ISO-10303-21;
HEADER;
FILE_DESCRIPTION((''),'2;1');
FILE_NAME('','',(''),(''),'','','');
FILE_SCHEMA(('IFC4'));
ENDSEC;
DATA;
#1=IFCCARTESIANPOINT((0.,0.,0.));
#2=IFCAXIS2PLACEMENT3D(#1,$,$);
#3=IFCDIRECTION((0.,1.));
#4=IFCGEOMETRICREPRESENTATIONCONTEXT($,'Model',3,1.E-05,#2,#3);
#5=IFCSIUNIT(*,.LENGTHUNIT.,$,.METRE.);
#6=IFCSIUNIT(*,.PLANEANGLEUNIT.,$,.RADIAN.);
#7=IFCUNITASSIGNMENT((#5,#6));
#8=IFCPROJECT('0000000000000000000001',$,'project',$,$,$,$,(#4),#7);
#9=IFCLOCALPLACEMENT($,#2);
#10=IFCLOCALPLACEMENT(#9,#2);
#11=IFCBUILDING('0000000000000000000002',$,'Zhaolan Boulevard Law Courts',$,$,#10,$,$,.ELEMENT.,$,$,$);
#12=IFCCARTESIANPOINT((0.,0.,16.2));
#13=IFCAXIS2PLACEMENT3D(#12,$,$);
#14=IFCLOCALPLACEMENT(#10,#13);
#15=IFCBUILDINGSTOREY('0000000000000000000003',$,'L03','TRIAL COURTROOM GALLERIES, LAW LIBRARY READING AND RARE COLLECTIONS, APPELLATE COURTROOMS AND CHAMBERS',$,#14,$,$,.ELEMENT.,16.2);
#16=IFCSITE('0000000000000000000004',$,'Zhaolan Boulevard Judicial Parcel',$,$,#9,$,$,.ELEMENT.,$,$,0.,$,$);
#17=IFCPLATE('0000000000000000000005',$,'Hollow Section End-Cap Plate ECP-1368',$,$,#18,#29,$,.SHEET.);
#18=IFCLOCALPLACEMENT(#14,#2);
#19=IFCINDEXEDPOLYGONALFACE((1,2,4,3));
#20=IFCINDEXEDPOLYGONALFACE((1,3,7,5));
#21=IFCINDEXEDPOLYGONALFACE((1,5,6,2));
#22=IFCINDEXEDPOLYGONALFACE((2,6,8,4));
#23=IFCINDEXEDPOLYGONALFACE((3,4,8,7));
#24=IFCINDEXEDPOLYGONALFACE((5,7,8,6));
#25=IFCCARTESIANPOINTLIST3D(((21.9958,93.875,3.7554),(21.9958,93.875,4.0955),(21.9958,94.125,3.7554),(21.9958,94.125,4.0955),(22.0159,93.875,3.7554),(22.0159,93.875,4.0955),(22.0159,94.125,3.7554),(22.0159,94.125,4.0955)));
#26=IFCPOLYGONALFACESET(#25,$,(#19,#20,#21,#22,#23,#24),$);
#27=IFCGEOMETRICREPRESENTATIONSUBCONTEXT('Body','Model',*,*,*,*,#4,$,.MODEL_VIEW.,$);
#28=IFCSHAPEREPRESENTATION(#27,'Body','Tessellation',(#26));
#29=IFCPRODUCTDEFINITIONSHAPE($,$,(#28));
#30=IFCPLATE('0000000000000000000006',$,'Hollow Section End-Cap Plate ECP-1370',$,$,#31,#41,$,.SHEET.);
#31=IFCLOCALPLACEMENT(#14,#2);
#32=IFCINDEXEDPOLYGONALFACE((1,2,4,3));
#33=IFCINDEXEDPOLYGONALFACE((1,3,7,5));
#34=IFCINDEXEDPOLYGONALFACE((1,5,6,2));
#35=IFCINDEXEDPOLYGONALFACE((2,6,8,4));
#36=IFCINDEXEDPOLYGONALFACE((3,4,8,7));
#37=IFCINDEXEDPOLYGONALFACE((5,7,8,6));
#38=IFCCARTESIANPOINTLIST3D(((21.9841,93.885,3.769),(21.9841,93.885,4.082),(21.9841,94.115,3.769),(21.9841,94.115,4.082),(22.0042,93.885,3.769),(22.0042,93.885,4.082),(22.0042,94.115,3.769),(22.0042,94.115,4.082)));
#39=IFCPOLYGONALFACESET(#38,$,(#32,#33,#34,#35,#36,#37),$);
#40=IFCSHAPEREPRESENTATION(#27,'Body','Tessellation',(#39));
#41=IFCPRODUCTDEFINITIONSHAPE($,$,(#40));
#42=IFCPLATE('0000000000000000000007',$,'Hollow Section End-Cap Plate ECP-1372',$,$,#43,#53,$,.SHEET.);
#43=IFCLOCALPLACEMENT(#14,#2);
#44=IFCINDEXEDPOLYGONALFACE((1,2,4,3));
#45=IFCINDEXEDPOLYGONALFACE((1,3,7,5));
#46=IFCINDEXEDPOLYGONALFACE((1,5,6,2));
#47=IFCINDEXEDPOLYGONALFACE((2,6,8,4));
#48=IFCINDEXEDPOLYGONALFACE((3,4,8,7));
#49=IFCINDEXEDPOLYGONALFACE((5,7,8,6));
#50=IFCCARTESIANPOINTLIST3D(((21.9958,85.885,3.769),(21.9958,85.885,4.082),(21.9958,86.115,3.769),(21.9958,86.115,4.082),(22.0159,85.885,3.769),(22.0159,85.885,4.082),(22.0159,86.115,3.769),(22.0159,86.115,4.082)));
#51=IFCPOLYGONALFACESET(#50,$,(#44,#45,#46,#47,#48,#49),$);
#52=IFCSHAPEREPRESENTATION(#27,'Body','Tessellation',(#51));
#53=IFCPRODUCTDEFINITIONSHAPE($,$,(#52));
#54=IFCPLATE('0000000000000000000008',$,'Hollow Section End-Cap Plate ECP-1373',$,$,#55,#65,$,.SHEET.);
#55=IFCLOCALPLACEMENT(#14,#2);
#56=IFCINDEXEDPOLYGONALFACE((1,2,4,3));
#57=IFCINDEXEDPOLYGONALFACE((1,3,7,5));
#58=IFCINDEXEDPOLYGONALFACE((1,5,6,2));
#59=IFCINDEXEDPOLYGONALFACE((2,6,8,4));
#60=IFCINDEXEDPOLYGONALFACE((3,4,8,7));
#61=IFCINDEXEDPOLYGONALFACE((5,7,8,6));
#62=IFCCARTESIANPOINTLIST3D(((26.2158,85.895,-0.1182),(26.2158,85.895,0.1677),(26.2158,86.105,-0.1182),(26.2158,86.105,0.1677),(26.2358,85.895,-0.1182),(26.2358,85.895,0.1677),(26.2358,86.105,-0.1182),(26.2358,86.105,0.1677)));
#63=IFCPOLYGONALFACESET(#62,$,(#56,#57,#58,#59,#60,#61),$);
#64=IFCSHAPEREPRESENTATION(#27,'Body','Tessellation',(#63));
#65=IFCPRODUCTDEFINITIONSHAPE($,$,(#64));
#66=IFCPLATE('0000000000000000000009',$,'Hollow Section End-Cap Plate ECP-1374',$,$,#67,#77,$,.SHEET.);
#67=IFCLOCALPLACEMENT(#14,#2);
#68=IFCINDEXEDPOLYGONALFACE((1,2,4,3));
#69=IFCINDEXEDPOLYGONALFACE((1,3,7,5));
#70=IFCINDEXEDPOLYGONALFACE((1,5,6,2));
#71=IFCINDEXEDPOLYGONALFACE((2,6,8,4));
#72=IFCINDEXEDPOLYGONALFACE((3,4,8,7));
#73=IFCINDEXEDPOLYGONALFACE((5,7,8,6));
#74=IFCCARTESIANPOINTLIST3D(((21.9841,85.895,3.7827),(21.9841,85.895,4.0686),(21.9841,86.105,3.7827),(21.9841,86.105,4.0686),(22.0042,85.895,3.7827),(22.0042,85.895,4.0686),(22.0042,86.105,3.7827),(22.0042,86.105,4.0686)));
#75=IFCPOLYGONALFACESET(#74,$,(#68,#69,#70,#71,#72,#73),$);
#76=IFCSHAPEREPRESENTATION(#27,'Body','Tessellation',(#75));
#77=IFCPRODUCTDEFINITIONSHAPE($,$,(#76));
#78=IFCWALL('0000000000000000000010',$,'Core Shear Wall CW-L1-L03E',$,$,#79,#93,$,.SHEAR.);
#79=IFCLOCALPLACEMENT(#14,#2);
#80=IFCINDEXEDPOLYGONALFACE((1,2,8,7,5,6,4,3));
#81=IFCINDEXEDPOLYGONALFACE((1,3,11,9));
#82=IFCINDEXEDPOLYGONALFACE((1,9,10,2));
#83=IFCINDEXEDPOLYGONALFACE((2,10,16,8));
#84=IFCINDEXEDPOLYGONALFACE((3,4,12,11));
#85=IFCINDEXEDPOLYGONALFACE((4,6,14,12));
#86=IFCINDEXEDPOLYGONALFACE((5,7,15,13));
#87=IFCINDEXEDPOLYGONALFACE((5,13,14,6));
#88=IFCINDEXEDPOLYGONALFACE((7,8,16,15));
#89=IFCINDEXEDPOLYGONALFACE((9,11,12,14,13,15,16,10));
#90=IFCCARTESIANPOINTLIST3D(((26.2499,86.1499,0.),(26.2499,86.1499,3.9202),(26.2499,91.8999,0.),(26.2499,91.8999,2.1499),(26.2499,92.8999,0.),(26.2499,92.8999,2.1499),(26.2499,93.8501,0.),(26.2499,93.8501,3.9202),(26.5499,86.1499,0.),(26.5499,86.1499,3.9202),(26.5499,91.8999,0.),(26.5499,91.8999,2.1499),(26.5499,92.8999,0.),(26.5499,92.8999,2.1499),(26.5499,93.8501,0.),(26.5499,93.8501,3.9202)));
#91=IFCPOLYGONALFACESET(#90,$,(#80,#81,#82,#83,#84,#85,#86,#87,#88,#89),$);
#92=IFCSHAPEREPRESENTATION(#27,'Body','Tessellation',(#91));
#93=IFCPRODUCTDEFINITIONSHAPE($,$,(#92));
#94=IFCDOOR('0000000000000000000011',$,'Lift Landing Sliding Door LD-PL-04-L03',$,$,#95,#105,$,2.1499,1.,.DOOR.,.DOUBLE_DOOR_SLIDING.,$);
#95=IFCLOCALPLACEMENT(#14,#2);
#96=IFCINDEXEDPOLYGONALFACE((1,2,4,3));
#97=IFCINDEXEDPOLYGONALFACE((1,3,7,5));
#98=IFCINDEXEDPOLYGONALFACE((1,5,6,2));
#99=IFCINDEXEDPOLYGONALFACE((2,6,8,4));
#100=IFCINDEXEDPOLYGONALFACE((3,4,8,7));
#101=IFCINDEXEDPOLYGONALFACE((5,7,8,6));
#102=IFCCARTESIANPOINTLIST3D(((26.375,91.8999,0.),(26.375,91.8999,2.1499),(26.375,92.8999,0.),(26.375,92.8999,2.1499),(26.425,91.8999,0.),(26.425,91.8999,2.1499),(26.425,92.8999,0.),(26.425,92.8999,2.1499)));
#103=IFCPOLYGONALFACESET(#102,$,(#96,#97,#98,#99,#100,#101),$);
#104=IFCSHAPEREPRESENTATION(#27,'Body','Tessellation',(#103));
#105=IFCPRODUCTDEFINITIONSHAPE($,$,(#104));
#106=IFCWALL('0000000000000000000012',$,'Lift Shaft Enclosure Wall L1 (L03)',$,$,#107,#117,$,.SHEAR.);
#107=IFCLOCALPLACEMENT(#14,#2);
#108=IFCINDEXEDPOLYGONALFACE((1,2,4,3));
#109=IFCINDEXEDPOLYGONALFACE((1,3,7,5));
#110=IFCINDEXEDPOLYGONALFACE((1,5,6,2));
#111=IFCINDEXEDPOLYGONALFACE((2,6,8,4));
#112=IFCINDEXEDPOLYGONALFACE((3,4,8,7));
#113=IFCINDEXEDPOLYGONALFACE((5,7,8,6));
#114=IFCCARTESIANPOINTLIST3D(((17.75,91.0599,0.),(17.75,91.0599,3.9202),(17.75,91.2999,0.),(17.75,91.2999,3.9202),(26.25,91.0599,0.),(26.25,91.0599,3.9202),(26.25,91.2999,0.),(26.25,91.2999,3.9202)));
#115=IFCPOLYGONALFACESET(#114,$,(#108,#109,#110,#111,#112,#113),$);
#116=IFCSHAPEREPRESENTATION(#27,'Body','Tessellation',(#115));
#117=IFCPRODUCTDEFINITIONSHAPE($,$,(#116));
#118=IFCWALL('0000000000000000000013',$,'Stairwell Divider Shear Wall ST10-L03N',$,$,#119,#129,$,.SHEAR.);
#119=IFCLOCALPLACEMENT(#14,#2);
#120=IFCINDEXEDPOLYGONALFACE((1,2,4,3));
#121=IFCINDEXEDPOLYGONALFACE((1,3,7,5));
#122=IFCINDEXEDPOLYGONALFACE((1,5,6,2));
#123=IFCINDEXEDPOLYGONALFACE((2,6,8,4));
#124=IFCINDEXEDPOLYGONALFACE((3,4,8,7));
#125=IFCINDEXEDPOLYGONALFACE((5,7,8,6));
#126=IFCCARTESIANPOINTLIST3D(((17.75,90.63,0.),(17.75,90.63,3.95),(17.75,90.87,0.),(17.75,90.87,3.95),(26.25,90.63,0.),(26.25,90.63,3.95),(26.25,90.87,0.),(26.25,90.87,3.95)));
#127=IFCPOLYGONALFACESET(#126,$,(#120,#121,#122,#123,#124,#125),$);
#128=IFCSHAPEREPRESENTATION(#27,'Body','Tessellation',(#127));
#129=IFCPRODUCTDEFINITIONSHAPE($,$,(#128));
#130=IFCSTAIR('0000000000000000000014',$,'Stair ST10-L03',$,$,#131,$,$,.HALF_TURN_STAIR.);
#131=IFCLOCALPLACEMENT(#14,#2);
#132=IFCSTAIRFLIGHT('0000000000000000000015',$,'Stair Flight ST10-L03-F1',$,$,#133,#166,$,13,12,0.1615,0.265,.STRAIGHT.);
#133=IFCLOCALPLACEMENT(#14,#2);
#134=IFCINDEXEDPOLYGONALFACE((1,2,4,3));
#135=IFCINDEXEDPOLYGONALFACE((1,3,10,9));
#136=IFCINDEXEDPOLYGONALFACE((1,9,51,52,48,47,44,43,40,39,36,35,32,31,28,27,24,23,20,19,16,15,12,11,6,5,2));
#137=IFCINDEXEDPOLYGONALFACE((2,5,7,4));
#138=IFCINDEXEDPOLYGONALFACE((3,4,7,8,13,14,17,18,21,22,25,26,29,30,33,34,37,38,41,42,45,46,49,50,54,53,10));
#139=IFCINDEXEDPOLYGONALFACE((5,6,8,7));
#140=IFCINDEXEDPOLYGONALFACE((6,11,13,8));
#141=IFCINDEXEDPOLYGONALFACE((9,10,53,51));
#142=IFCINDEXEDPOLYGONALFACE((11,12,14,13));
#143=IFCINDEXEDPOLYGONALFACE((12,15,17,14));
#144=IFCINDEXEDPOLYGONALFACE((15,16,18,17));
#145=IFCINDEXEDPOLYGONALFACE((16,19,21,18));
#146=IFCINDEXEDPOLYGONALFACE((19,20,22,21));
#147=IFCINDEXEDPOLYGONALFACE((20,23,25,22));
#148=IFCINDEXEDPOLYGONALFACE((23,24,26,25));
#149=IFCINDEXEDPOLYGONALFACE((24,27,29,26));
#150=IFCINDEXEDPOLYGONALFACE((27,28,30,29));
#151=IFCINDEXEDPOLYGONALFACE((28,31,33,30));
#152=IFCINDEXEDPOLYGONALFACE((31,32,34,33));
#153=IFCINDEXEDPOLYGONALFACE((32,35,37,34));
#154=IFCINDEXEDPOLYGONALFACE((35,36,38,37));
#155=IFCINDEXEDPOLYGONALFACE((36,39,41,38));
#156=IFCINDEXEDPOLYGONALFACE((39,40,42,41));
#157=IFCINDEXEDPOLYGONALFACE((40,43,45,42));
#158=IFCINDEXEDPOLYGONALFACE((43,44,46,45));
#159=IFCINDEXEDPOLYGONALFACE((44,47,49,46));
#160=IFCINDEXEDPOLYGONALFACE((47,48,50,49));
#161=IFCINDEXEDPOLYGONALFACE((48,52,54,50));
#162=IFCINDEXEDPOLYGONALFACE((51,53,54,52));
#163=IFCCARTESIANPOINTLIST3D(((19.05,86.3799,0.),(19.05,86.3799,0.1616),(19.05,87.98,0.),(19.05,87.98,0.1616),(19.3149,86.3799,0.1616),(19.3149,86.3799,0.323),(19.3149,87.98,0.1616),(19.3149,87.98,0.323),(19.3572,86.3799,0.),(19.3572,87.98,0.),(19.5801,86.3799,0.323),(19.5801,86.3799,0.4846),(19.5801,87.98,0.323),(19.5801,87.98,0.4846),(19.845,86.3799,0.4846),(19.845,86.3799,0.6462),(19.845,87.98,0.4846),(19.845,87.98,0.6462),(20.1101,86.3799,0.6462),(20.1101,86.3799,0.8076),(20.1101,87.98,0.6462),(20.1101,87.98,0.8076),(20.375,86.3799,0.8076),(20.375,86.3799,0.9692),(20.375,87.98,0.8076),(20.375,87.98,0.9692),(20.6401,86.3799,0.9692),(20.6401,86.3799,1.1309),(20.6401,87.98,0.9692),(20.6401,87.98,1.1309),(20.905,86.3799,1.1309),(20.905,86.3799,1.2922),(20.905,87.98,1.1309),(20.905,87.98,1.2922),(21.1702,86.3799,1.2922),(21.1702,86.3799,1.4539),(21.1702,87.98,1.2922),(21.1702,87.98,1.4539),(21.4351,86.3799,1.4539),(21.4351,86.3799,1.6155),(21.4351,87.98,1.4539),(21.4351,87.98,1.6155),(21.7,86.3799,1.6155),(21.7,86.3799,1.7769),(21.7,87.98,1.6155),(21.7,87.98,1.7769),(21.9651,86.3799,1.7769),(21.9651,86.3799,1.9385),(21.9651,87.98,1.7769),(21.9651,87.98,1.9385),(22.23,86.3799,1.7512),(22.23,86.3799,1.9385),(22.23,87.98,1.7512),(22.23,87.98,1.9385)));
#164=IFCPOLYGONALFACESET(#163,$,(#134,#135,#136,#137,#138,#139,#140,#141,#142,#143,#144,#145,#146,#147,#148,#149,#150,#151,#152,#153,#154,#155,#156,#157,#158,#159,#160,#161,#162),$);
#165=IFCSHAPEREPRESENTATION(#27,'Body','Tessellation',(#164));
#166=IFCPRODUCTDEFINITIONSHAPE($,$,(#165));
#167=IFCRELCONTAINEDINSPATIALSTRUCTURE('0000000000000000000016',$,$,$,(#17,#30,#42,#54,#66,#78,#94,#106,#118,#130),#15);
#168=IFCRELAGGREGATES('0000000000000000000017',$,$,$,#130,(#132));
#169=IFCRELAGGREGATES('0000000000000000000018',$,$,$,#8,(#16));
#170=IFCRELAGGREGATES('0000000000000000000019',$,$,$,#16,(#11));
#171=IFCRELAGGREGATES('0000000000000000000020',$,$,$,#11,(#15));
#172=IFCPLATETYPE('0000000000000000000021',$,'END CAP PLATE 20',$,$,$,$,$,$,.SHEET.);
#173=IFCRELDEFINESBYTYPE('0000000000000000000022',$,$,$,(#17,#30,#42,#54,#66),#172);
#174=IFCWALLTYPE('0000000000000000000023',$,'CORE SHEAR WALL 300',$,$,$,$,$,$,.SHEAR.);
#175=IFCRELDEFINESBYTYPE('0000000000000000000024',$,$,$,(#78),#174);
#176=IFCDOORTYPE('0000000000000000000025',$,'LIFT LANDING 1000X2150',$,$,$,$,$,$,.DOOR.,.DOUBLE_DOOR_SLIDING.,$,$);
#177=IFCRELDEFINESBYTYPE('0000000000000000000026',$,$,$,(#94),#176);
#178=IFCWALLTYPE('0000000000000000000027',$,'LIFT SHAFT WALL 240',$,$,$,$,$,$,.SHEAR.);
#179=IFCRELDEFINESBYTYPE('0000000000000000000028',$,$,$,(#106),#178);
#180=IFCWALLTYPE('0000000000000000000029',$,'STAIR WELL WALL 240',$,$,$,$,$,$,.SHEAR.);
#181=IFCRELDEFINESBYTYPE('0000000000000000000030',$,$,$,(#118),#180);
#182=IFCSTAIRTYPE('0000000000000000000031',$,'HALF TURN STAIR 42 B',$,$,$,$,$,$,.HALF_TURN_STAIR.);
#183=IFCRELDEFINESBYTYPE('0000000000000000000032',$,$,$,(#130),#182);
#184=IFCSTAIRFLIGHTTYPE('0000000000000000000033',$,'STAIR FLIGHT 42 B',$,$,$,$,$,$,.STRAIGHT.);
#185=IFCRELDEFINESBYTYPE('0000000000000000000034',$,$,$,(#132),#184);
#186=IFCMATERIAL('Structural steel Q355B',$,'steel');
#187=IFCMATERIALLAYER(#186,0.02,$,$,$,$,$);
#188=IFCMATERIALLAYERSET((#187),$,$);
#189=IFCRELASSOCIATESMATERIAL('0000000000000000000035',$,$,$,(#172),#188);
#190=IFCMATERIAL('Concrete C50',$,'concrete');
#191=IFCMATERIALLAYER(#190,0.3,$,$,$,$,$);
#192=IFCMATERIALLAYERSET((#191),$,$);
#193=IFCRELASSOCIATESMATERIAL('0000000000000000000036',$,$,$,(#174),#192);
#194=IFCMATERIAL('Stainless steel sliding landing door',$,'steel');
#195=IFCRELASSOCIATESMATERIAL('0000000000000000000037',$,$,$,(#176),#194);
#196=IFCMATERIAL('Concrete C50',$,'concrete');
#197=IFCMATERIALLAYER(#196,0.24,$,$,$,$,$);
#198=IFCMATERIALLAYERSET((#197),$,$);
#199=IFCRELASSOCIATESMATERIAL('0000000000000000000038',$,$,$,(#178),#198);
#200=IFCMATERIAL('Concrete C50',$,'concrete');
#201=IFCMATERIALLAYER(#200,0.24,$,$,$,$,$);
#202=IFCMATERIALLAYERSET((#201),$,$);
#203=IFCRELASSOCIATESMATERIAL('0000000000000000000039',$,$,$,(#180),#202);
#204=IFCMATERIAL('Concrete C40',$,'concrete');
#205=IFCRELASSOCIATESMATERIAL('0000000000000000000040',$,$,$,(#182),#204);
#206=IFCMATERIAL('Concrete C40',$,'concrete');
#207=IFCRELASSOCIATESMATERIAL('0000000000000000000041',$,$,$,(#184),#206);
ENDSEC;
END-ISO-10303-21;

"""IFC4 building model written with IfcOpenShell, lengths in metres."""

from ifc_helpers import new_model, si_unit, direction, frame, frame_2d, origin, origin_2d, place, context, subcontext, project, spatial, polyline, rectangle, outline, extrude, material, layer, layer_set, type_object, element, fill, aggregate, save


model = new_model("IFC4")

# Units and contexts
model_context = context("Model", 3, precision=1e-05, world=origin(), true_north=direction((0.0, 1.0)))
body_context = subcontext(model_context, "Body", "Model", "MODEL_VIEW")
ifc_project = project(units=[si_unit("LENGTHUNIT", "METRE"), si_unit("PLANEANGLEUNIT", "RADIAN")], contexts=[model_context])

# Site, building, storey
site_placement = place(None, origin())
site = spatial("IfcSite", under=ifc_project, at=site_placement, Name="Zhaolan Boulevard Judicial Parcel", CompositionType="ELEMENT", RefElevation=0.0)
building_placement = place(site_placement, origin())
building = spatial("IfcBuilding", under=site, at=building_placement, Name="Zhaolan Boulevard Law Courts", CompositionType="ELEMENT")
storey_placement = place(building_placement, frame((0.0, 0.0, 16.2)))
storey = spatial("IfcBuildingStorey", under=building, at=storey_placement, Name="L03", Description="TRIAL COURTROOM GALLERIES, LAW LIBRARY READING AND RARE COLLECTIONS, APPELLATE COURTROOMS AND CHAMBERS", CompositionType="ELEMENT", Elevation=16.2)

# Plates
ifc_material_1 = material(Name="Structural steel Q355B", Category="steel")
ifc_layer_1 = layer(ifc_material_1, 0.02)
ifc_layer_set_1 = layer_set([ifc_layer_1])
plate_type_1 = type_object("IfcPlateType", Name="END CAP PLATE 20", PredefinedType="SHEET", material=ifc_layer_set_1)
for number, where, z_axis, x_axis, name in (
    (1, (22.0059, 94.0, 3.7554), (0.0, 0.0, 1.0), (1.0, 0.0, 0.0), "Hollow Section End-Cap Plate ECP-1368"),
):
    element("IfcPlate", number, at=place(storey_placement, frame(where, z_axis=z_axis, x_axis=x_axis)), inside=storey, type_object=plate_type_1, Name=name, PredefinedType="SHEET", context=body_context, shape_type="SweptSolid", body=[
        extrude(rectangle(XDim=0.02, YDim=0.25, at=origin_2d()), origin(), (0.0, 0.0, 1.0), 0.3401),
    ])
for number, where, z_axis, x_axis, name in (
    (2, (21.9941, 94.0, 3.769), (0.0, 0.0, 1.0), (-1.0, 0.0, 0.0), "Hollow Section End-Cap Plate ECP-1370"),
    (3, (22.0059, 86.0, 3.769), (0.0, 0.0, 1.0), (1.0, 0.0, 0.0), "Hollow Section End-Cap Plate ECP-1372"),
):
    element("IfcPlate", number, at=place(storey_placement, frame(where, z_axis=z_axis, x_axis=x_axis)), inside=storey, type_object=plate_type_1, Name=name, PredefinedType="SHEET", context=body_context, shape_type="SweptSolid", body=[
        extrude(rectangle(XDim=0.02, YDim=0.23, at=origin_2d()), origin(), (0.0, 0.0, 1.0), 0.313),
    ])
for number, where, z_axis, x_axis, name in (
    (4, (26.2258, 86.0, -0.1182), (0.0, 0.0, 1.0), (-1.0, 0.0, 0.0), "Hollow Section End-Cap Plate ECP-1373"),
    (5, (21.9941, 86.0, 3.7827), (0.0, 0.0, 1.0), (-1.0, 0.0, 0.0), "Hollow Section End-Cap Plate ECP-1374"),
):
    element("IfcPlate", number, at=place(storey_placement, frame(where, z_axis=z_axis, x_axis=x_axis)), inside=storey, type_object=plate_type_1, Name=name, PredefinedType="SHEET", context=body_context, shape_type="SweptSolid", body=[
        extrude(rectangle(XDim=0.02, YDim=0.21, at=origin_2d()), origin(), (0.0, 0.0, 1.0), 0.2859),
    ])

# Wall, opening, door
ifc_material_2 = material(Name="Concrete C50", Category="concrete")
ifc_layer_2 = layer(ifc_material_2, 0.3)
ifc_layer_set_2 = layer_set([ifc_layer_2])
wall_type_1 = type_object("IfcWallType", Name="CORE SHEAR WALL 300", PredefinedType="SHEAR", material=ifc_layer_set_2)
wall_1_placement = place(storey_placement, frame((26.3999, 86.1499, 0.0), z_axis=(0.0, 0.0, 1.0), x_axis=(0.0, 1.0, 0.0)))
wall_1 = element("IfcWall", 6, at=wall_1_placement, inside=storey, type_object=wall_type_1, Name="Core Shear Wall CW-L1-L03E", PredefinedType="SHEAR", context=body_context, shape_type="SweptSolid", body=[
    extrude(rectangle(XDim=7.7002, YDim=0.3, at=frame_2d((3.8501, 0.0))), origin(), (0.0, 0.0, 1.0), 3.9202),
])
opening_placement = place(wall_1_placement, frame((5.75, 0.0, 0.0)))
opening = element("IfcOpeningElement", 7, at=opening_placement, cuts=wall_1, PredefinedType="OPENING", context=body_context, shape_type="SweptSolid", body=[
    extrude(rectangle(XDim=1.0, YDim=2.1499, at=frame_2d((0.5, 1.075))), frame((0.0, 0.1599, 0.0), z_axis=(0.0, -1.0, 0.0), x_axis=(1.0, 0.0, 0.0)), (0.0, 0.0, 1.0), 0.3201),
])
ifc_material_3 = material(Name="Stainless steel sliding landing door", Category="steel")
door_type = type_object("IfcDoorType", Name="LIFT LANDING 1000X2150", OperationType="DOUBLE_DOOR_SLIDING", PredefinedType="DOOR", material=ifc_material_3)
door_placement = place(opening_placement, origin())
door = element("IfcDoor", 8, at=door_placement, inside=storey, type_object=door_type, Name="Lift Landing Sliding Door LD-PL-04-L03", OperationType="DOUBLE_DOOR_SLIDING", OverallHeight=2.1499, OverallWidth=1.0, PredefinedType="DOOR", context=body_context, shape_type="SweptSolid", body=[
    extrude(rectangle(XDim=1.0, YDim=2.1499, at=frame_2d((0.5, 1.075))), frame((0.0, 0.0249, 0.0), z_axis=(0.0, -1.0, 0.0), x_axis=(1.0, 0.0, 0.0)), (0.0, 0.0, 1.0), 0.05),
])
fill(opening, door)

# Walls
ifc_material_4 = material(Name="Concrete C50", Category="concrete")
ifc_layer_3 = layer(ifc_material_4, 0.24)
ifc_layer_set_3 = layer_set([ifc_layer_3])
wall_type_2 = type_object("IfcWallType", Name="LIFT SHAFT WALL 240", PredefinedType="SHEAR", material=ifc_layer_set_3)
wall_2_placement = place(storey_placement, frame((17.75, 91.1799, 0.0), z_axis=(0.0, 0.0, 1.0), x_axis=(1.0, 0.0, 0.0)))
element("IfcWall", 9, at=wall_2_placement, inside=storey, type_object=wall_type_2, Name="Lift Shaft Enclosure Wall L1 (L03)", PredefinedType="SHEAR", context=body_context, shape_type="SweptSolid", body=[
    extrude(rectangle(XDim=8.5, YDim=0.24, at=frame_2d((4.25, 0.0))), origin(), (0.0, 0.0, 1.0), 3.9202),
])
ifc_material_5 = material(Name="Concrete C50", Category="concrete")
ifc_layer_4 = layer(ifc_material_5, 0.24)
ifc_layer_set_4 = layer_set([ifc_layer_4])
wall_type_3 = type_object("IfcWallType", Name="STAIR WELL WALL 240", PredefinedType="SHEAR", material=ifc_layer_set_4)
wall_3_placement = place(storey_placement, frame((17.75, 90.75, 0.0), z_axis=(0.0, 0.0, 1.0), x_axis=(1.0, 0.0, 0.0)))
element("IfcWall", 10, at=wall_3_placement, inside=storey, type_object=wall_type_3, Name="Stairwell Divider Shear Wall ST10-L03N", PredefinedType="SHEAR", context=body_context, shape_type="SweptSolid", body=[
    extrude(rectangle(XDim=8.5, YDim=0.24, at=frame_2d((4.25, 0.0))), origin(), (0.0, 0.0, 1.0), 3.95),
])

# Stair, stair flight
ifc_material_6 = material(Name="Concrete C40", Category="concrete")
stair_type = type_object("IfcStairType", Name="HALF TURN STAIR 42 B", PredefinedType="HALF_TURN_STAIR", material=ifc_material_6)
stair_placement = place(storey_placement, origin())
stair = element("IfcStair", 11, at=stair_placement, inside=storey, type_object=stair_type, Name="Stair ST10-L03", PredefinedType="HALF_TURN_STAIR")
ifc_material_7 = material(Name="Concrete C40", Category="concrete")
stair_flight_type = type_object("IfcStairFlightType", Name="STAIR FLIGHT 42 B", PredefinedType="STRAIGHT", material=ifc_material_7)
stair_flight_1_placement = place(storey_placement, frame((19.05, 87.1799, 0.0), z_axis=(0.0, 0.0, 1.0), x_axis=(1.0, 0.0, 0.0)))
stair_flight_1 = element("IfcStairFlight", 12, at=stair_flight_1_placement, type_object=stair_flight_type, Name="Stair Flight ST10-L03-F1", NumberOfRisers=13, NumberOfTreads=12, PredefinedType="STRAIGHT", RiserHeight=0.1615, TreadLength=0.265, context=body_context, shape_type="SweptSolid", body=[
    extrude(outline(polyline([(0.0, 0.0), (0.0, 0.1616), (0.2649, 0.1616), (0.2649, 0.323), (0.53, 0.323), (0.53, 0.4846), (0.7949, 0.4846), (0.7949, 0.6462), (1.0601, 0.6462), (1.0601, 0.8076), (1.325, 0.8076), (1.325, 0.9692), (1.5901, 0.9692), (1.5901, 1.1309), (1.855, 1.1309), (1.855, 1.2922), (2.1201, 1.2922), (2.1201, 1.4539), (2.385, 1.4539), (2.385, 1.6155), (2.6499, 1.6155), (2.6499, 1.7769), (2.915, 1.7769), (2.915, 1.9385), (3.1799, 1.9385), (3.1799, 2.1001), (3.1799, 1.7512), (0.3071, 0.0), (0.0, 0.0)])), frame((0.0, 0.8, 0.0), z_axis=(0.0, -1.0, 0.0), x_axis=(1.0, 0.0, 0.0)), (0.0, 0.0, 1.0), 1.6001),
])
aggregate(stair, [stair_flight_1])

save(model, "model.ifc")
